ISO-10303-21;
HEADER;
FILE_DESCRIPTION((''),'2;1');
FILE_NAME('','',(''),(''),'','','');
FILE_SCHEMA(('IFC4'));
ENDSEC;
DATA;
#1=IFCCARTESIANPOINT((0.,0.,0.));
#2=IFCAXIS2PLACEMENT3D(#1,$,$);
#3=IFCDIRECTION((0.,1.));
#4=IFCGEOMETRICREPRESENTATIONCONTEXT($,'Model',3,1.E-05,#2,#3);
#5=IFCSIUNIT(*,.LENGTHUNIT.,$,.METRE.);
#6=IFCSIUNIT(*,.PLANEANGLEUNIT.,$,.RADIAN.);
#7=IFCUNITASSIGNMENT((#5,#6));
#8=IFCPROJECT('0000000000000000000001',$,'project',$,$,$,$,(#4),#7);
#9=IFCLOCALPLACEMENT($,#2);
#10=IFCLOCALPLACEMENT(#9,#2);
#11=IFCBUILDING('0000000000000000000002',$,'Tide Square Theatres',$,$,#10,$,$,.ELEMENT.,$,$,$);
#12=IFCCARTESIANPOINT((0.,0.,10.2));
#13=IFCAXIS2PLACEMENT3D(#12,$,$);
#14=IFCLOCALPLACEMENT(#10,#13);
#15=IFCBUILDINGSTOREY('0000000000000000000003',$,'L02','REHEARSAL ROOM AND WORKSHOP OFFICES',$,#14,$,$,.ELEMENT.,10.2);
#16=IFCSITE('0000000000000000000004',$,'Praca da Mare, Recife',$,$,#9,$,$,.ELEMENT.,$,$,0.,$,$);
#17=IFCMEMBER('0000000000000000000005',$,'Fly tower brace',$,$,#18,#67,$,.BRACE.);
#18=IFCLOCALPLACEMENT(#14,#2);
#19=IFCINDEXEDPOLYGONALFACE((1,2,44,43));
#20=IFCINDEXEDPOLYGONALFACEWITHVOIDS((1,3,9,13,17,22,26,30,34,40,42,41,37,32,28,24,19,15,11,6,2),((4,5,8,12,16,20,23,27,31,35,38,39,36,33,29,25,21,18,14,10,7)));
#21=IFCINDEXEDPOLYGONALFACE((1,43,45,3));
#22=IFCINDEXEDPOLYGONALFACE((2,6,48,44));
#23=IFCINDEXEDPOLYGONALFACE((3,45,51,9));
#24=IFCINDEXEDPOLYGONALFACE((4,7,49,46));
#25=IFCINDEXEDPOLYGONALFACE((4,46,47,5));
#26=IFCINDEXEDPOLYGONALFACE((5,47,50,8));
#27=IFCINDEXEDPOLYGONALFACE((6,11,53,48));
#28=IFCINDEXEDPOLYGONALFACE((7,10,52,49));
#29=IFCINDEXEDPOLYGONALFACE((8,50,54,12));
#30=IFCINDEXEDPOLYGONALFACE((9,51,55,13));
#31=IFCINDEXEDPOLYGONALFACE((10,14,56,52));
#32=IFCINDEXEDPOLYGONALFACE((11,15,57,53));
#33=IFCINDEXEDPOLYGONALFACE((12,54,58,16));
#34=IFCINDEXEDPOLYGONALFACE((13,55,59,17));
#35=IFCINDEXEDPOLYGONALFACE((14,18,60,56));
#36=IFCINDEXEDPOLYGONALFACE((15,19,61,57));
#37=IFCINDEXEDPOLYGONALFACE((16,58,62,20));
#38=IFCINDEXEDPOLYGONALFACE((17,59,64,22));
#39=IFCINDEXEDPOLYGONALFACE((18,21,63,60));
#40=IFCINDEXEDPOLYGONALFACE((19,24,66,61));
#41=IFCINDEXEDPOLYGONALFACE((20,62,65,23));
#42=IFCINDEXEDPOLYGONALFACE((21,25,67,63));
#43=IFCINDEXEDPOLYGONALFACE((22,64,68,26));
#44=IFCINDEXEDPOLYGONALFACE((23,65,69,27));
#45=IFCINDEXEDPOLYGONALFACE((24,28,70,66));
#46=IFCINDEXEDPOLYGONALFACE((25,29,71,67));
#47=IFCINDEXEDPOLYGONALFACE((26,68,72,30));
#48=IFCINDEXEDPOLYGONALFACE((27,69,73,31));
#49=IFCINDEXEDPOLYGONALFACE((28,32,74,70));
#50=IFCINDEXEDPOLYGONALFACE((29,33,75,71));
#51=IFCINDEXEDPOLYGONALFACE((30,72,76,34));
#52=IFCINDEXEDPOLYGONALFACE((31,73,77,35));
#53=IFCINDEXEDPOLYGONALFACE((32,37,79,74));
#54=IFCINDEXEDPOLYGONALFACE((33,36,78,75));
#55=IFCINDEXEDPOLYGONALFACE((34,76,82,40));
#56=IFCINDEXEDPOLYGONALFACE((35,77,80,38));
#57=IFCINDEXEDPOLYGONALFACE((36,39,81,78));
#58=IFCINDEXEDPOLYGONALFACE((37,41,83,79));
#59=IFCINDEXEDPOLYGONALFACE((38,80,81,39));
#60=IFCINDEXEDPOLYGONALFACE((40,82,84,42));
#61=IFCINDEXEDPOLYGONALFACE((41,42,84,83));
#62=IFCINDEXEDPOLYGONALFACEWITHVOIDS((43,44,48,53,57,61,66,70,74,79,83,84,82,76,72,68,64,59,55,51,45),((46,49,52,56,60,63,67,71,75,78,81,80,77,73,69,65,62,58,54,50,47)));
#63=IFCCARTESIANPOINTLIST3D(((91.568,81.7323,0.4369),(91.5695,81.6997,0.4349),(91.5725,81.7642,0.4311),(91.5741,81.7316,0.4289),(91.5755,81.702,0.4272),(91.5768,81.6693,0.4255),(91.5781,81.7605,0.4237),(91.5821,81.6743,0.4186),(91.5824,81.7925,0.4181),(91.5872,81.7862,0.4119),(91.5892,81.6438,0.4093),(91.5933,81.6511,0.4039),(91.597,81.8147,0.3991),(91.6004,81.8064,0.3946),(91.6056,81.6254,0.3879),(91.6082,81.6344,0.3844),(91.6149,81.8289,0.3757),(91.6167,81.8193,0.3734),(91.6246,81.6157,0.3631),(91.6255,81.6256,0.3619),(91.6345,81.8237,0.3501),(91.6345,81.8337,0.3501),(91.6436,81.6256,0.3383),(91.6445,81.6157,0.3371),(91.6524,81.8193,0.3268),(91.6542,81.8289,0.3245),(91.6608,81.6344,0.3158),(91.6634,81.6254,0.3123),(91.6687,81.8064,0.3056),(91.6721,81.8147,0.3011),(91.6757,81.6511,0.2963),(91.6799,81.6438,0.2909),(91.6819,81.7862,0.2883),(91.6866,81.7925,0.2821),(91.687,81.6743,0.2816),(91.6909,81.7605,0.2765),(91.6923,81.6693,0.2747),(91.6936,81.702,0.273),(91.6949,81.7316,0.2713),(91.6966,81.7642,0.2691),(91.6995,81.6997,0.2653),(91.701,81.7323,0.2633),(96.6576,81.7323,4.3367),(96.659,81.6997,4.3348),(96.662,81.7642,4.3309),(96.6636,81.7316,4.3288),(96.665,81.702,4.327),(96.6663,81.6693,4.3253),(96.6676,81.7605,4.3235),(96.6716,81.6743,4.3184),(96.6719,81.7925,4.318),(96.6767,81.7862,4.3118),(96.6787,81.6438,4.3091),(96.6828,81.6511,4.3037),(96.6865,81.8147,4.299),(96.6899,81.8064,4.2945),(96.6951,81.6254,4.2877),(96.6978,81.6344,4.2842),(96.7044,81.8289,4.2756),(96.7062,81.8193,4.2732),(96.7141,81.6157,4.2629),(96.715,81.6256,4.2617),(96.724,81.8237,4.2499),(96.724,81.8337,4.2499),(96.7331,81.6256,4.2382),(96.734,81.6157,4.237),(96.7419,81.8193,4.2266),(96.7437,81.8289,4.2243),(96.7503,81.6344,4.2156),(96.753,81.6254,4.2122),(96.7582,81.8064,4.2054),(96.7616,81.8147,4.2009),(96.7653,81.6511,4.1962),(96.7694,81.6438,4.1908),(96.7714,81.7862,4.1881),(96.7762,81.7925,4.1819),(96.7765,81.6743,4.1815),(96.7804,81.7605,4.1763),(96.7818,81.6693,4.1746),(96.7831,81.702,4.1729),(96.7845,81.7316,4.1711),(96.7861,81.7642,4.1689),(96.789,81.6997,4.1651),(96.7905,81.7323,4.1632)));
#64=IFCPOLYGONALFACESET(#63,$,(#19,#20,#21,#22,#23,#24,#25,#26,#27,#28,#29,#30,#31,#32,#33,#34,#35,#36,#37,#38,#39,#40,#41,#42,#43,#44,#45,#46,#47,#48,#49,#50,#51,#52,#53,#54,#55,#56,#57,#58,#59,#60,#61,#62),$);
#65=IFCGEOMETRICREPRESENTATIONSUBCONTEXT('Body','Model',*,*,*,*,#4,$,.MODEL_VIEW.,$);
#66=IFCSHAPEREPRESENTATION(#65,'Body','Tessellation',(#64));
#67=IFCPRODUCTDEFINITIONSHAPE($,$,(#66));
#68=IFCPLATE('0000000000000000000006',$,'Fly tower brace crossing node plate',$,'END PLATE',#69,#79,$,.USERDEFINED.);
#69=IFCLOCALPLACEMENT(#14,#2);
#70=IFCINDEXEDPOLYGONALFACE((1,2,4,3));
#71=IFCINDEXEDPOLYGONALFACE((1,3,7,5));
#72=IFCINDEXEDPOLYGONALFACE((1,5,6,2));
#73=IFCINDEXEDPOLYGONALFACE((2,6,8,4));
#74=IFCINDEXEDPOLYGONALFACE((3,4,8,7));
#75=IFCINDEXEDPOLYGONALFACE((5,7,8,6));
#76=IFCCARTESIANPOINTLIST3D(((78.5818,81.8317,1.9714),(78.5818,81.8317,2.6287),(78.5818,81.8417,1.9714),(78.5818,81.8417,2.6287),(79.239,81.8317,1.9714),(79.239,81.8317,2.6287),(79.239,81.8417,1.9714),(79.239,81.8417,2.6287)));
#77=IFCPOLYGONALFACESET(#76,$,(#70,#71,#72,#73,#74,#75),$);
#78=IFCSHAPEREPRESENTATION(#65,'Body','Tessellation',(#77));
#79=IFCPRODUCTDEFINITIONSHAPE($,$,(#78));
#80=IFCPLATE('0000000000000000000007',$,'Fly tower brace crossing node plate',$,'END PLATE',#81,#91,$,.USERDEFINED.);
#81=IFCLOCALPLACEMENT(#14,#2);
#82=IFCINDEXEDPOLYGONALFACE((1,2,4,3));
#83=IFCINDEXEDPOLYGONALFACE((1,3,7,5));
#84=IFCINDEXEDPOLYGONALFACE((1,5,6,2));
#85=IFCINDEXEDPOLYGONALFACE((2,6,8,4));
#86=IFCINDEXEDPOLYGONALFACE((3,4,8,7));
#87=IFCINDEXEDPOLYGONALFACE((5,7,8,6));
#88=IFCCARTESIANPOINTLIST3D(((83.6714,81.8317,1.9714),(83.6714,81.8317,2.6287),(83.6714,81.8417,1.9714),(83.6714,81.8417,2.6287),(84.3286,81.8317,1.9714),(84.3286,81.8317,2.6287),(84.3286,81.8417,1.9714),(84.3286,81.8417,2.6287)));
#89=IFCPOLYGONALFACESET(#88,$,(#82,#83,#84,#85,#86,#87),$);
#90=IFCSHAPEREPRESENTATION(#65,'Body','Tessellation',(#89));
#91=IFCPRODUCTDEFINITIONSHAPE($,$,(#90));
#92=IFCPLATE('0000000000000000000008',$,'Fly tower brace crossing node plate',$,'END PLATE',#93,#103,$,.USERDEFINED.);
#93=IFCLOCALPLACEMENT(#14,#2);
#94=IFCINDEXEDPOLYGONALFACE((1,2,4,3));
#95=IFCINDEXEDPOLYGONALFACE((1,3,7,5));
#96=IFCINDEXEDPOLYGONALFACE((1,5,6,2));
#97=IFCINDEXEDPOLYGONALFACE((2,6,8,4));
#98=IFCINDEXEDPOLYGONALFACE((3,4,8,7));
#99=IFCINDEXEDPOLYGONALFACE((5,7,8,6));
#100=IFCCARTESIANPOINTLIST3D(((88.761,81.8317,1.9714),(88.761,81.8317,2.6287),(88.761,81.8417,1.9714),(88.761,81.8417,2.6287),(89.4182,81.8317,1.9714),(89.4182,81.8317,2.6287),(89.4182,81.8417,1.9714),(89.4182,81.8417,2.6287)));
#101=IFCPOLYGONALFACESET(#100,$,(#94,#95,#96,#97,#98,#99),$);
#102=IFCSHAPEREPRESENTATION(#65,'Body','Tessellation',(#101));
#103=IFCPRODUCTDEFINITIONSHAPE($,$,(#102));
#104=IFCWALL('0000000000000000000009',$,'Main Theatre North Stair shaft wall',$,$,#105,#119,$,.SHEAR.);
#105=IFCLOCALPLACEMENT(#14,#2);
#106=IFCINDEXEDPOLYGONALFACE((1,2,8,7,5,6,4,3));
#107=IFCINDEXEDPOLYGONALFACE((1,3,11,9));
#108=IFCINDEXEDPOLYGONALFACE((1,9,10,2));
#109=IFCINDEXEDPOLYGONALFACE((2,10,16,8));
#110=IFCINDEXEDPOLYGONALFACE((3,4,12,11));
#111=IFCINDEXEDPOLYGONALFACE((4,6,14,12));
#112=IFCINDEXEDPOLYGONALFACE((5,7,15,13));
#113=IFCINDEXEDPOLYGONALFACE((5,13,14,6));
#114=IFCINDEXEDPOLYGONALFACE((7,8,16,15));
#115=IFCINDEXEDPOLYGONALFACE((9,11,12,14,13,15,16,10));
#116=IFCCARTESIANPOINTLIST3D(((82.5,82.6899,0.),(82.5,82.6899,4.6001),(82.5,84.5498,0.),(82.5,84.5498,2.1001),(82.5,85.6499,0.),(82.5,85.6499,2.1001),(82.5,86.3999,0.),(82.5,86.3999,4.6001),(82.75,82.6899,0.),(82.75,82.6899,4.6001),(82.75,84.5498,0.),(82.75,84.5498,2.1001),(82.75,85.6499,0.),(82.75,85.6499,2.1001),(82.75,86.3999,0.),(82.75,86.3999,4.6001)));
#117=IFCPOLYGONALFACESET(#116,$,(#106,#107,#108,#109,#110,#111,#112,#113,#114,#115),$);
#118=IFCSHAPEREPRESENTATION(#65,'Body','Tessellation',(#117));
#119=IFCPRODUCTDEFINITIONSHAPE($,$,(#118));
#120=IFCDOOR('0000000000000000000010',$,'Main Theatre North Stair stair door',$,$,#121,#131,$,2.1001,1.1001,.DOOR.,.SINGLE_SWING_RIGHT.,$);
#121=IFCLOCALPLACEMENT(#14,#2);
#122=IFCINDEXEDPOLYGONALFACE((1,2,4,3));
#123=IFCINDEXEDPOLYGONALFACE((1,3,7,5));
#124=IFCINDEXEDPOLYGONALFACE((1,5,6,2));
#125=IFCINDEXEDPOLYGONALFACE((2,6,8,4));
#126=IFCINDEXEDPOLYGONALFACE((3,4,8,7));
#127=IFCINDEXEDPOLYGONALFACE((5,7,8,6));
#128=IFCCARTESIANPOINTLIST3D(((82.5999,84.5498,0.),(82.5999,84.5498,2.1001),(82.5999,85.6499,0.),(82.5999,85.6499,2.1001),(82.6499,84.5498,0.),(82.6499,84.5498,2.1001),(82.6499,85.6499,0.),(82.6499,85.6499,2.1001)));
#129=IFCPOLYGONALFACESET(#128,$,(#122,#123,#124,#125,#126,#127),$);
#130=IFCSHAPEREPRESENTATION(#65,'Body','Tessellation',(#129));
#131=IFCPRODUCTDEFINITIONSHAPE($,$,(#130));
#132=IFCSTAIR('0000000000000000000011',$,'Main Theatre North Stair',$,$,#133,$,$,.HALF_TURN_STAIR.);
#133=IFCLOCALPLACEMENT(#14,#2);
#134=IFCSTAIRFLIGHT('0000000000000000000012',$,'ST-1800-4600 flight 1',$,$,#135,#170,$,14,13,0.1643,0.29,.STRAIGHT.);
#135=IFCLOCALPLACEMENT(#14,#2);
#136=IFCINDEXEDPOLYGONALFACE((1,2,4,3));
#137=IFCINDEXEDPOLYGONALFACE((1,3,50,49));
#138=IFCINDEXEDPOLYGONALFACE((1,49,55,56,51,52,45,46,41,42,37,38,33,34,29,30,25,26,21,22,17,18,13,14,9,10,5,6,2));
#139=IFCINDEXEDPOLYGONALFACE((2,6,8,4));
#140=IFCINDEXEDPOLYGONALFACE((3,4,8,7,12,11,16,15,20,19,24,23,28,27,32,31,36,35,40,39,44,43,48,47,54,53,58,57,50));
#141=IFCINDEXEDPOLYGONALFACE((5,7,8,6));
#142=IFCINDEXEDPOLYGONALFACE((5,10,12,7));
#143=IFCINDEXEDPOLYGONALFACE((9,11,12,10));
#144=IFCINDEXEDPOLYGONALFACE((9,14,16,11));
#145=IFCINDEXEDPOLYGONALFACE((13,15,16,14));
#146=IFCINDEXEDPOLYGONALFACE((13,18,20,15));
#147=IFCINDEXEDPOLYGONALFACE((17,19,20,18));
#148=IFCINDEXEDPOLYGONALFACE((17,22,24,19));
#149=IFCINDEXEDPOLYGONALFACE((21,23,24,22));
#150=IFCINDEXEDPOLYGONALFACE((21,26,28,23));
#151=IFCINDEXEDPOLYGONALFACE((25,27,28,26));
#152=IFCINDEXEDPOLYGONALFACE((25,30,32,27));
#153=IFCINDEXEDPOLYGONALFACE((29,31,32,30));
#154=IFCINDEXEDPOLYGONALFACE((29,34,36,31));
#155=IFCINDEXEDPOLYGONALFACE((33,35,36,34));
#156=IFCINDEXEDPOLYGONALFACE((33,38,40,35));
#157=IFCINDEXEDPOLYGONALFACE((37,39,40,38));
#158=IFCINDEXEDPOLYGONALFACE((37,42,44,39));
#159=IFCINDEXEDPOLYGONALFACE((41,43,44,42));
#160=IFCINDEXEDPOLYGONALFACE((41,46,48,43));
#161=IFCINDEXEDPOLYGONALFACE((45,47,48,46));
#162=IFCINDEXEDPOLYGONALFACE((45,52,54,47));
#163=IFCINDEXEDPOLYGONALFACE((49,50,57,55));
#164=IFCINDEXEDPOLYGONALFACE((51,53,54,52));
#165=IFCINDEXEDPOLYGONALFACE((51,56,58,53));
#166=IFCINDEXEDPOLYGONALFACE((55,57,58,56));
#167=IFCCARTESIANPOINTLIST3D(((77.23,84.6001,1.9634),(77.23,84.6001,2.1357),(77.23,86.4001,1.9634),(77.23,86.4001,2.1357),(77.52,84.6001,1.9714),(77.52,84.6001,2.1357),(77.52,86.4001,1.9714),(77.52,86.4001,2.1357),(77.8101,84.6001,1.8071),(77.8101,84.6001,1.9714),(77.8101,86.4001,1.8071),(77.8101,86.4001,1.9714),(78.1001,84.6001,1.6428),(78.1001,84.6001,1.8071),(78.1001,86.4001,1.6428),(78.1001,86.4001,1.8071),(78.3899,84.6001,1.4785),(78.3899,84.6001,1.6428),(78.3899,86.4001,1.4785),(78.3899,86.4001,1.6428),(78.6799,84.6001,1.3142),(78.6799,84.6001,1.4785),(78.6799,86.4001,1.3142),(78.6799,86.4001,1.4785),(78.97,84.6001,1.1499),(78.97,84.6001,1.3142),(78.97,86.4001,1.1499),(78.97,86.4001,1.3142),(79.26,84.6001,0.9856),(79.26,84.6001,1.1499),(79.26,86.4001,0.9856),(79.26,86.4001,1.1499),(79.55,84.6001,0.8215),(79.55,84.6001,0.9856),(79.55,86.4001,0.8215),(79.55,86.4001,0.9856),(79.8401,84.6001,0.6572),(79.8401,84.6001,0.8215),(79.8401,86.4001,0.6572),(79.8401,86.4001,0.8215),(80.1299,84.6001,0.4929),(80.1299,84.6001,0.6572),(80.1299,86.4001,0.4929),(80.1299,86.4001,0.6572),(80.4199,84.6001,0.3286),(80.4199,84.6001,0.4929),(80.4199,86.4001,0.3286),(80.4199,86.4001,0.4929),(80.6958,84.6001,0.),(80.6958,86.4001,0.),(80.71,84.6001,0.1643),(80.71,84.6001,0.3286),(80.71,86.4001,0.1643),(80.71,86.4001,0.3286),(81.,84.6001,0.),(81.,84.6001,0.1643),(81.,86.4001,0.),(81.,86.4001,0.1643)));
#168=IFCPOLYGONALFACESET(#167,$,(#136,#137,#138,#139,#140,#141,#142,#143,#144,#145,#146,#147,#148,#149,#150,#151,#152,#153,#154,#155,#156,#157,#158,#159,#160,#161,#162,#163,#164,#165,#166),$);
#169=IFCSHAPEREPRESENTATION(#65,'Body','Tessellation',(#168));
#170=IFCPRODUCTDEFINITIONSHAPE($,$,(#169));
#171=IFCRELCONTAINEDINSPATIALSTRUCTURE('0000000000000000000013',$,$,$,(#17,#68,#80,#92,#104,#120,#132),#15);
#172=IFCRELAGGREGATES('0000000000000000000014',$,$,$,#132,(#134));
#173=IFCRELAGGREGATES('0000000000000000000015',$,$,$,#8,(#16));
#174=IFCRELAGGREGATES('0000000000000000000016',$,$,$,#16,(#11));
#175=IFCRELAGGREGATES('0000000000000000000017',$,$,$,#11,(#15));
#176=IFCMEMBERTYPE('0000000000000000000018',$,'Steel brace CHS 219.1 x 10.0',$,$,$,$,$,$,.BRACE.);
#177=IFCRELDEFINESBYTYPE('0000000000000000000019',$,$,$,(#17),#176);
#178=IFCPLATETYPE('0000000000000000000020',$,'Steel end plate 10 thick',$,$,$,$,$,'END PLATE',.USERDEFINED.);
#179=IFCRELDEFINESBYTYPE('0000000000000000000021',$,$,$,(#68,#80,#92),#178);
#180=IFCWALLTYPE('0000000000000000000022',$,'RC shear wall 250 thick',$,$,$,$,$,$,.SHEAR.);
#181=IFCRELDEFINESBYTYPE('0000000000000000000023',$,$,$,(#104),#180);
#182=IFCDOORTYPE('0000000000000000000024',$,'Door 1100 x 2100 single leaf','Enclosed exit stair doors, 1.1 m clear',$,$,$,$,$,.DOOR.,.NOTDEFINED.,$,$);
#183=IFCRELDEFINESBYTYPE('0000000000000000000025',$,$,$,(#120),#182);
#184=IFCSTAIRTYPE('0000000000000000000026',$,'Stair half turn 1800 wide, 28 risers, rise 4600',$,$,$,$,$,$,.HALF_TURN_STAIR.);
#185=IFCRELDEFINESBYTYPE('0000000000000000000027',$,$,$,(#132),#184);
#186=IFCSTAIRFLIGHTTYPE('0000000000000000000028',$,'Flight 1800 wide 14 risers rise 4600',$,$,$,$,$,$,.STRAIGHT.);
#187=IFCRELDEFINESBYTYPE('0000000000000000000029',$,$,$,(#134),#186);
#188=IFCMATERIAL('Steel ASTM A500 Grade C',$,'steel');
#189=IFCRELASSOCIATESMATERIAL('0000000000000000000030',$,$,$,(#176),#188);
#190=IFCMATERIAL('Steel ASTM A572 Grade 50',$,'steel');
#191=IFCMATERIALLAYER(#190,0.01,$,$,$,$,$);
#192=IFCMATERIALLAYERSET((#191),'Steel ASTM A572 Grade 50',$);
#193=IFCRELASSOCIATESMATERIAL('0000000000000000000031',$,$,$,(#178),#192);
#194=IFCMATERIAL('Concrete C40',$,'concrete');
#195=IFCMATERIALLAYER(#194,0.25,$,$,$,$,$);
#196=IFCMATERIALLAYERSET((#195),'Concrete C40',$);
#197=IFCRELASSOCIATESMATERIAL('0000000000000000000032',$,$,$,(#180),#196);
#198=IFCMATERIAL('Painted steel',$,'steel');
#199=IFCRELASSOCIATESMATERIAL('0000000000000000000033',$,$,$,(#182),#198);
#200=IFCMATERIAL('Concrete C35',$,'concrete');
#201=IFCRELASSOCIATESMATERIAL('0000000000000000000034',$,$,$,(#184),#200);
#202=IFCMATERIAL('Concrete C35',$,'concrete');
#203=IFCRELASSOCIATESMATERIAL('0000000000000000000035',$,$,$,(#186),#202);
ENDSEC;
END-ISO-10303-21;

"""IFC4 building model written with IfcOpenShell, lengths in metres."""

from ifc_helpers import new_model, si_unit, direction, frame, frame_2d, origin, origin_2d, place, context, subcontext, project, spatial, polyline, rectangle, hollow_circle, outline, extrude, material, layer, layer_set, material_profile, profile_set, type_object, element, fill, aggregate, save


model = new_model("IFC4")

# Units and contexts
model_context = context("Model", 3, precision=1e-05, world=origin(), true_north=direction((0.0, 1.0)))
body_context = subcontext(model_context, "Body", "Model", "MODEL_VIEW")
ifc_project = project(units=[si_unit("LENGTHUNIT", "METRE"), si_unit("PLANEANGLEUNIT", "RADIAN")], contexts=[model_context])

# Site, building, storey
site_placement = place(None, origin())
site = spatial("IfcSite", under=ifc_project, at=site_placement, Name="Praca da Mare, Recife", CompositionType="ELEMENT", RefElevation=0.0)
building_placement = place(site_placement, origin())
building = spatial("IfcBuilding", under=site, at=building_placement, Name="Tide Square Theatres", CompositionType="ELEMENT")
storey_placement = place(building_placement, frame((0.0, 0.0, 10.2)))
storey = spatial("IfcBuildingStorey", under=building, at=storey_placement, Name="L02", Description="REHEARSAL ROOM AND WORKSHOP OFFICES", CompositionType="ELEMENT", Elevation=10.2)

# Member
ifc_material_1 = material(Name="Steel ASTM A500 Grade C", Category="steel")
ifc_material_profile_1 = material_profile(ifc_material_1, hollow_circle(Radius=0.1096, WallThickness=0.01, at=origin_2d()))
ifc_profile_set_1 = profile_set([ifc_material_profile_1], Name="Steel ASTM A500 Grade C")
member_type = type_object("IfcMemberType", Name="Steel brace CHS 219.1 x 10.0", PredefinedType="BRACE", material=ifc_profile_set_1)
member_1_placement = place(storey_placement, frame((91.6345, 81.7241, 0.3501), z_axis=(0.793766, 0.0, 0.608223), x_axis=(0.0, 1.0, 0.0)))
element("IfcMember", 1, at=member_1_placement, inside=storey, type_object=member_type, Name="Fly tower brace", PredefinedType="BRACE", context=body_context, shape_type="SweptSolid", body=[
    extrude(hollow_circle(Radius=0.1096, WallThickness=0.01, at=origin_2d()), origin(), (0.0, 0.0, 1.0), 6.4119),
])

# Plates
ifc_material_2 = material(Name="Steel ASTM A572 Grade 50", Category="steel")
ifc_layer_1 = layer(ifc_material_2, 0.01)
ifc_layer_set_1 = layer_set([ifc_layer_1], Name="Steel ASTM A572 Grade 50")
plate_type = type_object("IfcPlateType", Name="Steel end plate 10 thick", ElementType="END PLATE", PredefinedType="USERDEFINED", material=ifc_layer_set_1)
for number, where, z_axis, x_axis, name in (
    (2, (78.9104, 81.8367, 1.9714), (0.0, 0.0, 1.0), (0.0, 1.0, 0.0), "Fly tower brace crossing node plate"),
    (3, (84.0, 81.8367, 1.9714), (0.0, 0.0, 1.0), (0.0, 1.0, 0.0), "Fly tower brace crossing node plate"),
    (4, (89.0896, 81.8367, 1.9714), (0.0, 0.0, 1.0), (0.0, 1.0, 0.0), "Fly tower brace crossing node plate"),
):
    element("IfcPlate", number, at=place(storey_placement, frame(where, z_axis=z_axis, x_axis=x_axis)), inside=storey, type_object=plate_type, Name=name, ObjectType="END PLATE", PredefinedType="USERDEFINED", context=body_context, shape_type="SweptSolid", body=[
        extrude(rectangle(XDim=0.01, YDim=0.6572, at=origin_2d()), origin(), (0.0, 0.0, 1.0), 0.6572),
    ])

# Wall, opening, door
ifc_material_3 = material(Name="Concrete C40", Category="concrete")
ifc_layer_2 = layer(ifc_material_3, 0.25)
ifc_layer_set_2 = layer_set([ifc_layer_2], Name="Concrete C40")
wall_type = type_object("IfcWallType", Name="RC shear wall 250 thick", PredefinedType="SHEAR", material=ifc_layer_set_2)
wall_placement = place(storey_placement, frame((82.625, 86.3999, 0.0), z_axis=(0.0, 0.0, 1.0), x_axis=(0.0, -1.0, 0.0)))
wall = element("IfcWall", 5, at=wall_placement, inside=storey, type_object=wall_type, Name="Main Theatre North Stair shaft wall", PredefinedType="SHEAR", context=body_context, shape_type="SweptSolid", body=[
    extrude(rectangle(XDim=3.71, YDim=0.25, at=frame_2d((1.855, 0.0))), origin(), (0.0, 0.0, 1.0), 4.6001),
])
opening_placement = place(wall_placement, frame((0.75, 0.0, 0.0)))
opening = element("IfcOpeningElement", 6, at=opening_placement, cuts=wall, PredefinedType="OPENING", context=body_context, shape_type="SweptSolid", body=[
    extrude(rectangle(XDim=1.1001, YDim=2.1001, at=frame_2d((0.55, 1.05))), frame((0.0, 0.135, 0.0), z_axis=(0.0, -1.0, 0.0), x_axis=(1.0, 0.0, 0.0)), (0.0, 0.0, 1.0), 0.27),
])
ifc_material_4 = material(Name="Painted steel", Category="steel")
door_type = type_object("IfcDoorType", Name="Door 1100 x 2100 single leaf", Description="Enclosed exit stair doors, 1.1 m clear", OperationType="NOTDEFINED", PredefinedType="DOOR", material=ifc_material_4)
door_placement = place(opening_placement, origin())
door = element("IfcDoor", 7, at=door_placement, inside=storey, type_object=door_type, Name="Main Theatre North Stair stair door", OperationType="SINGLE_SWING_RIGHT", OverallHeight=2.1001, OverallWidth=1.1001, PredefinedType="DOOR", context=body_context, shape_type="SweptSolid", body=[
    extrude(rectangle(XDim=1.1001, YDim=2.1001, at=frame_2d((0.55, 1.05))), frame((0.0, 0.0249, 0.0), z_axis=(0.0, -1.0, 0.0), x_axis=(1.0, 0.0, 0.0)), (0.0, 0.0, 1.0), 0.05),
])
fill(opening, door)

# Stair, stair flight
ifc_material_5 = material(Name="Concrete C35", Category="concrete")
stair_type = type_object("IfcStairType", Name="Stair half turn 1800 wide, 28 risers, rise 4600", PredefinedType="HALF_TURN_STAIR", material=ifc_material_5)
stair_placement = place(storey_placement, origin())
stair = element("IfcStair", 8, at=stair_placement, inside=storey, type_object=stair_type, Name="Main Theatre North Stair", PredefinedType="HALF_TURN_STAIR")
ifc_material_6 = material(Name="Concrete C35", Category="concrete")
stair_flight_type = type_object("IfcStairFlightType", Name="Flight 1800 wide 14 risers rise 4600", PredefinedType="STRAIGHT", material=ifc_material_6)
stair_flight_1_placement = place(storey_placement, frame((81.0, 85.5, 0.0), z_axis=(0.0, 0.0, 1.0), x_axis=(-1.0, 0.0, 0.0)))
stair_flight_1 = element("IfcStairFlight", 9, at=stair_flight_1_placement, type_object=stair_flight_type, Name="ST-1800-4600 flight 1", NumberOfRisers=14, NumberOfTreads=13, PredefinedType="STRAIGHT", RiserHeight=0.1643, TreadLength=0.29, context=body_context, shape_type="SweptSolid", body=[
    extrude(outline(polyline([(0.0, 0.0), (0.0, 0.1643), (0.29, 0.1643), (0.29, 0.3286), (0.5801, 0.3286), (0.5801, 0.4929), (0.8701, 0.4929), (0.8701, 0.6572), (1.1599, 0.6572), (1.1599, 0.8215), (1.45, 0.8215), (1.45, 0.9856), (1.74, 0.9856), (1.74, 1.1499), (2.03, 1.1499), (2.03, 1.3142), (2.3201, 1.3142), (2.3201, 1.4785), (2.6101, 1.4785), (2.6101, 1.6428), (2.8999, 1.6428), (2.8999, 1.8071), (3.1899, 1.8071), (3.1899, 1.9714), (3.48, 1.9714), (3.48, 2.1357), (3.77, 2.1357), (3.77, 2.3), (3.77, 1.9634), (0.3042, 0.0), (0.0, 0.0)])), frame((0.0, 0.8999, 0.0), z_axis=(0.0, -1.0, 0.0), x_axis=(1.0, 0.0, 0.0)), (0.0, 0.0, 1.0), 1.8),
])
aggregate(stair, [stair_flight_1])

save(model, "model.ifc")
